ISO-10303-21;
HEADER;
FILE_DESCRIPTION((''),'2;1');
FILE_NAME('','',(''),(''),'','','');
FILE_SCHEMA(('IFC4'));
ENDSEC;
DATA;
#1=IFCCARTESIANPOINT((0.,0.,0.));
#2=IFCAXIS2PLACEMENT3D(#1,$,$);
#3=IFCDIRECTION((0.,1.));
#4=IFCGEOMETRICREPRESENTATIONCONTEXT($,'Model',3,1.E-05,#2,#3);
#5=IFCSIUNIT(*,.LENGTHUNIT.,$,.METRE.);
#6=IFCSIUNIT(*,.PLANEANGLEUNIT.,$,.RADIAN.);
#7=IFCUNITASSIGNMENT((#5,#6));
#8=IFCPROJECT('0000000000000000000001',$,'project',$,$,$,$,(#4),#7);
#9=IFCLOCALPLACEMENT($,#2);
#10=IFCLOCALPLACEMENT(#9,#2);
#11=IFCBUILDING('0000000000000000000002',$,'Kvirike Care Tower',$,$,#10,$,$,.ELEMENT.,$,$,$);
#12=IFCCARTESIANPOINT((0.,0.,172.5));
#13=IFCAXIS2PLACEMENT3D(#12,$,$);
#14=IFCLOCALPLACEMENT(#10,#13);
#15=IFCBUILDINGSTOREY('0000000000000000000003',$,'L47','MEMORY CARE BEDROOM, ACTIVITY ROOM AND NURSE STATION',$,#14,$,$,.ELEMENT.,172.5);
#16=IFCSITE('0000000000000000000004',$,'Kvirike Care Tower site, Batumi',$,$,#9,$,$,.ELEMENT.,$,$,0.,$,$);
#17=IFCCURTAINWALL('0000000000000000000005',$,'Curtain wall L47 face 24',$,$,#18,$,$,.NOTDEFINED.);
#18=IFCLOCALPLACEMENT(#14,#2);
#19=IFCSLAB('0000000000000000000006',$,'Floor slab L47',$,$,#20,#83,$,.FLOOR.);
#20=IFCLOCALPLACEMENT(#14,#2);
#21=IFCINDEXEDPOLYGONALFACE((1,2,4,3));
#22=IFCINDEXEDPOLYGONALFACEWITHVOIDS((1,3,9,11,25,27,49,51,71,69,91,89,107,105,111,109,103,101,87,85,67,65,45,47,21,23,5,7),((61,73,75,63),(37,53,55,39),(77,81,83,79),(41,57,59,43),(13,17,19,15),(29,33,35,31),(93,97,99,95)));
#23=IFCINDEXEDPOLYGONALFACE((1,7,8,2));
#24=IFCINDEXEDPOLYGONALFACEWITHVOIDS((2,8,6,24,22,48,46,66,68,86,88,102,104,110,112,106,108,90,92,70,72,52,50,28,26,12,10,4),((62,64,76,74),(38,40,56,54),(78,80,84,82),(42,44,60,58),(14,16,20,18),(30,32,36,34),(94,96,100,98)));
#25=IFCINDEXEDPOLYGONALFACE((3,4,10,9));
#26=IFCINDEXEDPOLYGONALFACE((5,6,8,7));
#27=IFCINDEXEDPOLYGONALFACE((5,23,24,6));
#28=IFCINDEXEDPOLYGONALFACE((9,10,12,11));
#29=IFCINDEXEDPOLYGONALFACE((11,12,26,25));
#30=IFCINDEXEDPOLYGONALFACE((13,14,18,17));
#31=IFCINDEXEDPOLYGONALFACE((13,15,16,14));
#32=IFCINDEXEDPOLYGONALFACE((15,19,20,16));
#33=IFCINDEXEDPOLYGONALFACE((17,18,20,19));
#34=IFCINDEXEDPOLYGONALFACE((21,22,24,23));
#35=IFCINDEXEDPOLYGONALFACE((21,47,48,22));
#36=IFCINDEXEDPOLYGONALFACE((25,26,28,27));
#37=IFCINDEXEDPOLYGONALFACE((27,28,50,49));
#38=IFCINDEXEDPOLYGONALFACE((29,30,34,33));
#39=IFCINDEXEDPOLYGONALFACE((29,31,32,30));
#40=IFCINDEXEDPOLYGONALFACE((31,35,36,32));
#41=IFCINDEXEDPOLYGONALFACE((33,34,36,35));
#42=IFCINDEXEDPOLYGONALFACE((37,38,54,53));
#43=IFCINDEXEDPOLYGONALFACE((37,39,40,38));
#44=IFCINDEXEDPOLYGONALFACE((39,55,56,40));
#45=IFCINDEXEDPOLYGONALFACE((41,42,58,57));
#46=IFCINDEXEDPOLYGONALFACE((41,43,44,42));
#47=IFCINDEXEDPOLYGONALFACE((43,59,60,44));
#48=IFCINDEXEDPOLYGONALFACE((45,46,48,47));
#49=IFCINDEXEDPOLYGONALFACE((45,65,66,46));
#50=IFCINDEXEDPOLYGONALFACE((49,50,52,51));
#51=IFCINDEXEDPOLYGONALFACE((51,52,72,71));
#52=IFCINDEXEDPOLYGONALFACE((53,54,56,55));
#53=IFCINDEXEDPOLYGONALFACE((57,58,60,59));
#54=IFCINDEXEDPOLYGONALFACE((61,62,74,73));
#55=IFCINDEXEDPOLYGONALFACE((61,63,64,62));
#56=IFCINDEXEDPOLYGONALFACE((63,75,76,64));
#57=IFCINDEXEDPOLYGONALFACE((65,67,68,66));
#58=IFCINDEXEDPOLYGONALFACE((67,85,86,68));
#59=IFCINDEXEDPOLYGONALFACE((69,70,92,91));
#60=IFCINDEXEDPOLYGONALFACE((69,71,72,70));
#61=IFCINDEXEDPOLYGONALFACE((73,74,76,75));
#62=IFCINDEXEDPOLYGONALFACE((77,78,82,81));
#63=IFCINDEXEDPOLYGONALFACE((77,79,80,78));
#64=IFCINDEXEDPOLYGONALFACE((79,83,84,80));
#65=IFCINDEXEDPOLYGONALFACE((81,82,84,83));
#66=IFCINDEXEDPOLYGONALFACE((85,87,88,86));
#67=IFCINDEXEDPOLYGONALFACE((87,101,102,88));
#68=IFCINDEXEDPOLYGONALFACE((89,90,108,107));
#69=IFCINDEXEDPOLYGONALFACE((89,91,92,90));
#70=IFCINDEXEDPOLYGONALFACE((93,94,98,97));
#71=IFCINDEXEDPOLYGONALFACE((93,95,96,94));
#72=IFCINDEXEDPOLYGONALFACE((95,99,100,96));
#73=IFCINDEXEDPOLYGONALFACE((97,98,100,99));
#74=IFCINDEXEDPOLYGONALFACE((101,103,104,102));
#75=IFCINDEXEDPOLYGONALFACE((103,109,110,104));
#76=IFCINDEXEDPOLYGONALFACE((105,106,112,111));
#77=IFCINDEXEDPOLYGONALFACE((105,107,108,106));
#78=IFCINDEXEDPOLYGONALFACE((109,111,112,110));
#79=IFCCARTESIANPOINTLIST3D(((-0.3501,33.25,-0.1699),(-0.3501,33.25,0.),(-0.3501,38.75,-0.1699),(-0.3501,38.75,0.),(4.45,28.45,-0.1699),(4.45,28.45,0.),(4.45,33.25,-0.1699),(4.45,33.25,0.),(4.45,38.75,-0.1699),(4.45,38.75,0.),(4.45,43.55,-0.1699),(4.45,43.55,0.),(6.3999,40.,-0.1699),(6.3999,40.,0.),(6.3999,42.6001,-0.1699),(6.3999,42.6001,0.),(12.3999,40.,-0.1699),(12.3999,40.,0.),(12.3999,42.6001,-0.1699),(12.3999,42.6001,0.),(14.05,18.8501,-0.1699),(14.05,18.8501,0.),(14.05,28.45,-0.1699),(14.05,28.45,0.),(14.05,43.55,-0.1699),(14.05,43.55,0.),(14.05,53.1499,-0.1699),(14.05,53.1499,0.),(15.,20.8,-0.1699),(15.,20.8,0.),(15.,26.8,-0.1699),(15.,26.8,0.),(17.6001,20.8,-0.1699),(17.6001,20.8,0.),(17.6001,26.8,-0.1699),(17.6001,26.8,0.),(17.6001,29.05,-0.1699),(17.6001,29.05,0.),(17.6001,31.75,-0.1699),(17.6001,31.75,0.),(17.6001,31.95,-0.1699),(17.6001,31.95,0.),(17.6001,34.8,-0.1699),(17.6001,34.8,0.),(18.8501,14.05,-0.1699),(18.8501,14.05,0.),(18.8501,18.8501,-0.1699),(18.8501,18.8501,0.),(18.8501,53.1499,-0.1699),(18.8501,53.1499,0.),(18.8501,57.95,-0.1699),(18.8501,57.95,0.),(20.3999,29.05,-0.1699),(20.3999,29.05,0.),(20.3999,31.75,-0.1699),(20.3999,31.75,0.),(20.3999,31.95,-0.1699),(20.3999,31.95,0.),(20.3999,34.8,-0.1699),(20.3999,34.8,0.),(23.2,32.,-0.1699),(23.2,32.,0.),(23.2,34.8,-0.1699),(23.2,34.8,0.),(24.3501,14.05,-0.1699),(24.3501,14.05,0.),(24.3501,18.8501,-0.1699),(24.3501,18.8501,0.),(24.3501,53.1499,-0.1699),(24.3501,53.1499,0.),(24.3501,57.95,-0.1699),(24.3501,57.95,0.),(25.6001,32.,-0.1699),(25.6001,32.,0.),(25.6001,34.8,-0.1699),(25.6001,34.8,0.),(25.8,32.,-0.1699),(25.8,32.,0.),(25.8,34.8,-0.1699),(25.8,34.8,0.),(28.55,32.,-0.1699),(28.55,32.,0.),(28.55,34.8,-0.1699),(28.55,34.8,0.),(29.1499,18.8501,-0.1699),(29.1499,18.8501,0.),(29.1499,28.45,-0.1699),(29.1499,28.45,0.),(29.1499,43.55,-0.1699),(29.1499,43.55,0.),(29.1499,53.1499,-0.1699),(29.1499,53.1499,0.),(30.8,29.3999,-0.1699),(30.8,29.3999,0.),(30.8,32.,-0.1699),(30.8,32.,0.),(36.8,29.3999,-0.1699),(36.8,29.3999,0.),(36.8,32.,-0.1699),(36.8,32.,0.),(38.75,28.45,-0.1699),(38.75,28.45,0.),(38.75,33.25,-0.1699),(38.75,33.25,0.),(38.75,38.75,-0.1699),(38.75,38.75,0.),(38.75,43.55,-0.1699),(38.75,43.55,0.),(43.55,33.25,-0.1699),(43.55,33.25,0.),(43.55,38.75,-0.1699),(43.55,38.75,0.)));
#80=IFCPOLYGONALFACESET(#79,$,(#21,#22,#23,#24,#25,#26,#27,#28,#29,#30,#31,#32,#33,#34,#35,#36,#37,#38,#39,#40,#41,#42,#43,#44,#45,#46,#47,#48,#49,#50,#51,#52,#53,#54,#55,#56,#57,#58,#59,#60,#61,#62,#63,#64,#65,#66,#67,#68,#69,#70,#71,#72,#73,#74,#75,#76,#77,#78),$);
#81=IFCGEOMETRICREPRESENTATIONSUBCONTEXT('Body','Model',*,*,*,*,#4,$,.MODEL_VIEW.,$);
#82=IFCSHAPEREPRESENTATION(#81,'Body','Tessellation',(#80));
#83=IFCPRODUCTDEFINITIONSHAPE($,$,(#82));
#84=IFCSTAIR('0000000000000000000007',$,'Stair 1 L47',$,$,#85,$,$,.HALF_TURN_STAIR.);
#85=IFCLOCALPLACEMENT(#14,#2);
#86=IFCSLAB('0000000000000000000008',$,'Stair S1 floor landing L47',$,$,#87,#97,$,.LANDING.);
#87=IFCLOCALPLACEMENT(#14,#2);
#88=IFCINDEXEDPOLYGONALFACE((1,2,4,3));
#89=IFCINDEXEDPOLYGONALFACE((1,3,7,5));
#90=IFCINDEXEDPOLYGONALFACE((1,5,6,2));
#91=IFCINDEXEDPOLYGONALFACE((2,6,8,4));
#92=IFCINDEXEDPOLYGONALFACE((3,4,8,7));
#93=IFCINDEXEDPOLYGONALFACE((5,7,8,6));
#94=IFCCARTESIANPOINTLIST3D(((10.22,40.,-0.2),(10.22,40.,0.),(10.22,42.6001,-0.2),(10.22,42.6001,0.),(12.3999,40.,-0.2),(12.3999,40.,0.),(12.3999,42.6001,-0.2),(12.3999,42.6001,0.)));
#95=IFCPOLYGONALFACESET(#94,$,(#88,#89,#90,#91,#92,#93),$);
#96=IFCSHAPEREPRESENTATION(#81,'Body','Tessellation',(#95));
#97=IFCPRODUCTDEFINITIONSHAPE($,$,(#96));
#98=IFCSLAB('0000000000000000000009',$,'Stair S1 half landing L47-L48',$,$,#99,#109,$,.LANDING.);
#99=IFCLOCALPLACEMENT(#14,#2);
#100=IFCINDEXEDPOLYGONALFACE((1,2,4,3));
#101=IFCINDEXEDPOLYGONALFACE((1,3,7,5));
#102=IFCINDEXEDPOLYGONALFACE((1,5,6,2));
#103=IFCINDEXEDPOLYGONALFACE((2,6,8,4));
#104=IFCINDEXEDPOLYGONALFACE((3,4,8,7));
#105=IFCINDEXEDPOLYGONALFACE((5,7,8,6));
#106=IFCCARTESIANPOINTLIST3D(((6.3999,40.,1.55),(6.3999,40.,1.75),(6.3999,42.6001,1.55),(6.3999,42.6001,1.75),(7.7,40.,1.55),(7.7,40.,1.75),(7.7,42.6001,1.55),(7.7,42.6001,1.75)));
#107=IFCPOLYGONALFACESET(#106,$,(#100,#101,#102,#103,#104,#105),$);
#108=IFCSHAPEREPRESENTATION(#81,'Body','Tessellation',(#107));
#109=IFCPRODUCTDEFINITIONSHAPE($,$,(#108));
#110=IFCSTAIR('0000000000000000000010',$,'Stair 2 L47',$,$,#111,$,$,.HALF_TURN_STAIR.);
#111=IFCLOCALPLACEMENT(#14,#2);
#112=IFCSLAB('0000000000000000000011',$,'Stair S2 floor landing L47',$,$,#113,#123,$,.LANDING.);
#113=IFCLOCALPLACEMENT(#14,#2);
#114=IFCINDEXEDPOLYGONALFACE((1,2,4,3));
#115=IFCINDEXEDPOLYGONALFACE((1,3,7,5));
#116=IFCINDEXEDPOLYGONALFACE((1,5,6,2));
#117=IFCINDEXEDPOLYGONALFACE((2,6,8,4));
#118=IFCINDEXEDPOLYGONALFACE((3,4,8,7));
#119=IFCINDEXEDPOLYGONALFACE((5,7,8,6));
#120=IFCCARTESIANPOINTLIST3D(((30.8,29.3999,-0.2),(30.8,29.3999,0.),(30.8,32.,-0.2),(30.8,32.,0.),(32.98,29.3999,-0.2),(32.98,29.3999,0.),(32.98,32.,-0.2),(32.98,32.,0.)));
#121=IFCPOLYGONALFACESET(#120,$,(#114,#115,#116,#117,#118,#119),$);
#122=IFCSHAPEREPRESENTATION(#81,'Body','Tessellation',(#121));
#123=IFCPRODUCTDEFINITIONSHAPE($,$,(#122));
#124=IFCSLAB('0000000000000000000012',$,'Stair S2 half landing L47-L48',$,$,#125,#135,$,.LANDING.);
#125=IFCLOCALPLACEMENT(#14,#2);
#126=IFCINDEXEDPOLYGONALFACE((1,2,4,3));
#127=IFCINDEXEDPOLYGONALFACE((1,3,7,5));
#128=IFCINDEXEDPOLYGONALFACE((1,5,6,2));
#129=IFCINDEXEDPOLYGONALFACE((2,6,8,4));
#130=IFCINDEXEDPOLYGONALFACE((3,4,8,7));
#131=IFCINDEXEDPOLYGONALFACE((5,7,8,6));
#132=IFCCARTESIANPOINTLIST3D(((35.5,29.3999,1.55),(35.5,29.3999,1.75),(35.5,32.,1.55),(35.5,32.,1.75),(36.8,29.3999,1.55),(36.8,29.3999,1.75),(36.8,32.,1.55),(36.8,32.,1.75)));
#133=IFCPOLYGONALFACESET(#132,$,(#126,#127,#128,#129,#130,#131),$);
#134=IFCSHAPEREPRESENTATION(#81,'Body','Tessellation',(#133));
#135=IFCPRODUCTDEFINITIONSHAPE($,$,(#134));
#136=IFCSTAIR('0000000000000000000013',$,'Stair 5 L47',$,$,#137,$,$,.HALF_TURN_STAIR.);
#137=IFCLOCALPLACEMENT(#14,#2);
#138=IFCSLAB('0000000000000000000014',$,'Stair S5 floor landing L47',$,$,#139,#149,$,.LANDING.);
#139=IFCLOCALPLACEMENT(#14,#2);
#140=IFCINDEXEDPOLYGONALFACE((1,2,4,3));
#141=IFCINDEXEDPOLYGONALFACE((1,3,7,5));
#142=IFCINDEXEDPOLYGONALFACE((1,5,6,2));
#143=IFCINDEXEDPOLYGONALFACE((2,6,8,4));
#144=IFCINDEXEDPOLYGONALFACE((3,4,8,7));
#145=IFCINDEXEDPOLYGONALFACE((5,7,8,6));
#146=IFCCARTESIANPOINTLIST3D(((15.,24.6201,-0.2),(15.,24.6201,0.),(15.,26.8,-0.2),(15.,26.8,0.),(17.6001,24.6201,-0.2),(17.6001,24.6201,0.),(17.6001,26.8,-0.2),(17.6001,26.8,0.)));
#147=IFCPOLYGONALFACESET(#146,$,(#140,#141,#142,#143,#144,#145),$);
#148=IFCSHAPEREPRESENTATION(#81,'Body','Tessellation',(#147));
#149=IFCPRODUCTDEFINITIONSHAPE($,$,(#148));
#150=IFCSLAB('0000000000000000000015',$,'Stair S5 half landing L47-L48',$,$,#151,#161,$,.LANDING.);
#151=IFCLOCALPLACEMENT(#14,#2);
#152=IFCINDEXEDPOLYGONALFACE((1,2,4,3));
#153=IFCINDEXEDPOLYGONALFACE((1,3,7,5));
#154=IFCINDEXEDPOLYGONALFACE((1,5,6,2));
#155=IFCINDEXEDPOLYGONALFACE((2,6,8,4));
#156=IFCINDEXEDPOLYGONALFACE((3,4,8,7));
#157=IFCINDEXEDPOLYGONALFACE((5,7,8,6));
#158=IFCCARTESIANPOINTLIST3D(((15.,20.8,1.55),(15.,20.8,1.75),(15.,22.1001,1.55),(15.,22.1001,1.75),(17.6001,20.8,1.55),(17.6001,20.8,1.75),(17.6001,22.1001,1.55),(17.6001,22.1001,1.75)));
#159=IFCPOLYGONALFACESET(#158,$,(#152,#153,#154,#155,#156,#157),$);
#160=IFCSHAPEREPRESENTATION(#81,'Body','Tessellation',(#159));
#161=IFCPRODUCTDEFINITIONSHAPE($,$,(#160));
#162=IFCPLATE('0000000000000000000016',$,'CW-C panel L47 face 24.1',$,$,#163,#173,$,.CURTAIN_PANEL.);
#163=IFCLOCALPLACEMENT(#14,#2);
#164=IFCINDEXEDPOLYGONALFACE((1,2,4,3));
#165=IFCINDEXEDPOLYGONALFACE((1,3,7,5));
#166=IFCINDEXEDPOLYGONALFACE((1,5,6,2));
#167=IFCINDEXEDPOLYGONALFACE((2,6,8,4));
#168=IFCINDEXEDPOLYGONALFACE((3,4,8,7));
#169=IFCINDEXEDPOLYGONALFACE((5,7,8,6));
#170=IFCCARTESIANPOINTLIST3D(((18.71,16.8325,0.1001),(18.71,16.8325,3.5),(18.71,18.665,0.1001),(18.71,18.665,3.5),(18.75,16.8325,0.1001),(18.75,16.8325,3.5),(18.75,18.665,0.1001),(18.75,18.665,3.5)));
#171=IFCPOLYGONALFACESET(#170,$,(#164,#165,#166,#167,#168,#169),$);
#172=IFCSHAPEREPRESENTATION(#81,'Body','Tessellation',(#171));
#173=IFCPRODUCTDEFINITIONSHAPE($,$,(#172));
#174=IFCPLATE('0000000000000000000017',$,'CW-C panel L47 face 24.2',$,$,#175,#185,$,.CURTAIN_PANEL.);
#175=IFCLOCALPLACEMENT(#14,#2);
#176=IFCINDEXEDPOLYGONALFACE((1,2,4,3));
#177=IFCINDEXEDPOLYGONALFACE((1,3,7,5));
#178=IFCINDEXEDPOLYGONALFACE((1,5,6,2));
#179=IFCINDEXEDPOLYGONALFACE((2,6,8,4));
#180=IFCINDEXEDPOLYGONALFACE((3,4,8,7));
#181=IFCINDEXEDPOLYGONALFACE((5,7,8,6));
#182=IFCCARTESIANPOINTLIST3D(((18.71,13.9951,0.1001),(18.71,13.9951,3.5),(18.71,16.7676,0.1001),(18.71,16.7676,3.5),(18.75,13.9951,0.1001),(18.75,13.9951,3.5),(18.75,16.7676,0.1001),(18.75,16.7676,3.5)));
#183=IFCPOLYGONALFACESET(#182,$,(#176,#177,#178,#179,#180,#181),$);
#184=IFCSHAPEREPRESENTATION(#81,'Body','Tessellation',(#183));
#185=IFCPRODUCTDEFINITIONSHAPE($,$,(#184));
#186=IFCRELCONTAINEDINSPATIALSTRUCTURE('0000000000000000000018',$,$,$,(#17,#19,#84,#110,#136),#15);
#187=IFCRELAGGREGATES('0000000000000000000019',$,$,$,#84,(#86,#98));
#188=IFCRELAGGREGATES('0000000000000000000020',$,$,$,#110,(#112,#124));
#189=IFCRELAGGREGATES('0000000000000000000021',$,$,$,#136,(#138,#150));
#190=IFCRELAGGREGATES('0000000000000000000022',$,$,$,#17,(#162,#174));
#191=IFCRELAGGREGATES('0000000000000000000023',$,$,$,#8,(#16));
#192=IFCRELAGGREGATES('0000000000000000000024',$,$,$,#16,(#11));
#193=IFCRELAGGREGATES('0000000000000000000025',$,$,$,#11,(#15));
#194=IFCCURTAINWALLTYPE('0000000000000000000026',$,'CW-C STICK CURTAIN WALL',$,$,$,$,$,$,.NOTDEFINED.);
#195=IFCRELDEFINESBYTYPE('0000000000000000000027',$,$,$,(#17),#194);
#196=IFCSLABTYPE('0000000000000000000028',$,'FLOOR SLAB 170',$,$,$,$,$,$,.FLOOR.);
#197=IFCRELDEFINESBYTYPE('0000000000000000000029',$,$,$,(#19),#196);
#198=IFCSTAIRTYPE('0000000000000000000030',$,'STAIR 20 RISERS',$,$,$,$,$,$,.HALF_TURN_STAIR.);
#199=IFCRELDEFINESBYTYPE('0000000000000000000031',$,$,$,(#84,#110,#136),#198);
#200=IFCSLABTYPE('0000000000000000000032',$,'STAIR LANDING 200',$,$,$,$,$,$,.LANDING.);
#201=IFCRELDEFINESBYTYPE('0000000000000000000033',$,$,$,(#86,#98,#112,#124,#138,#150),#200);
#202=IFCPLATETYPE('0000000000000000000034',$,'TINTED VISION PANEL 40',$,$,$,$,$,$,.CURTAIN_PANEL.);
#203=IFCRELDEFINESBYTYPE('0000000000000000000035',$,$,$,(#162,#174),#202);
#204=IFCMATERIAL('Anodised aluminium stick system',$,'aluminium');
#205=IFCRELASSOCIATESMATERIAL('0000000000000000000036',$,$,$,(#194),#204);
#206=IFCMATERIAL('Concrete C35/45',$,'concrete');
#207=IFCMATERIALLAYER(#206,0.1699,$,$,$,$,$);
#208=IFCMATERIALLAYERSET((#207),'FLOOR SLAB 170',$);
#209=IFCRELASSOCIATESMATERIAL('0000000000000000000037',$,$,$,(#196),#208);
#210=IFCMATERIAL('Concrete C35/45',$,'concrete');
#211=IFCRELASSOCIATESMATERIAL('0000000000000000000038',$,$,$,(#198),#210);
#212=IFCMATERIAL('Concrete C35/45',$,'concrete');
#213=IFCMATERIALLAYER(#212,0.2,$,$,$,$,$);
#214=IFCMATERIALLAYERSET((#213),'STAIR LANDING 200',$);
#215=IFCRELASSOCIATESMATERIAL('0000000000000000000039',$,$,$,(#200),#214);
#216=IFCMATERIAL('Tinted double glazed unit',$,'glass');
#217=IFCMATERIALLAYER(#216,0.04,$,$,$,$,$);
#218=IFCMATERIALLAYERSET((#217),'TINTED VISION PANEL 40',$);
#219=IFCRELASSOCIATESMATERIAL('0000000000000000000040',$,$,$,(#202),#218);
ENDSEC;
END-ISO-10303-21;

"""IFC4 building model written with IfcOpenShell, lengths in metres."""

from ifc_helpers import new_model, si_unit, direction, frame, origin, origin_2d, place, context, subcontext, project, spatial, polyline, rectangle, outline, extrude, material, layer, layer_set, type_object, element, aggregate, save


model = new_model("IFC4")

# Units and contexts
model_context = context("Model", 3, precision=1e-05, world=origin(), true_north=direction((0.0, 1.0)))
body_context = subcontext(model_context, "Body", "Model", "MODEL_VIEW")
ifc_project = project(units=[si_unit("LENGTHUNIT", "METRE"), si_unit("PLANEANGLEUNIT", "RADIAN")], contexts=[model_context])

# Site, building, storey
site_placement = place(None, origin())
site = spatial("IfcSite", under=ifc_project, at=site_placement, Name="Kvirike Care Tower site, Batumi", CompositionType="ELEMENT", RefElevation=0.0)
building_placement = place(site_placement, origin())
building = spatial("IfcBuilding", under=site, at=building_placement, Name="Kvirike Care Tower", CompositionType="ELEMENT")
storey_placement = place(building_placement, frame((0.0, 0.0, 172.5)))
storey = spatial("IfcBuildingStorey", under=building, at=storey_placement, Name="L47", Description="MEMORY CARE BEDROOM, ACTIVITY ROOM AND NURSE STATION", CompositionType="ELEMENT", Elevation=172.5)

# Curtain wall
ifc_material_1 = material(Name="Anodised aluminium stick system", Category="aluminium")
curtain_wall_type = type_object("IfcCurtainWallType", Name="CW-C STICK CURTAIN WALL", PredefinedType="NOTDEFINED", material=ifc_material_1)
curtain_wall_1_placement = place(storey_placement, origin())
curtain_wall_1 = element("IfcCurtainWall", 1, at=curtain_wall_1_placement, inside=storey, type_object=curtain_wall_type, Name="Curtain wall L47 face 24", PredefinedType="NOTDEFINED")

# Slab
ifc_material_2 = material(Name="Concrete C35/45", Category="concrete")
ifc_layer_1 = layer(ifc_material_2, 0.1699)
ifc_layer_set_1 = layer_set([ifc_layer_1], Name="FLOOR SLAB 170")
slab_type_1 = type_object("IfcSlabType", Name="FLOOR SLAB 170", PredefinedType="FLOOR", material=ifc_layer_set_1)
slab_1_placement = place(storey_placement, frame((0.0, 0.0, -0.1699)))
element("IfcSlab", 2, at=slab_1_placement, inside=storey, type_object=slab_type_1, Name="Floor slab L47", PredefinedType="FLOOR", context=body_context, shape_type="SweptSolid", body=[
    extrude(outline(polyline([(29.1499, 28.45), (38.75, 28.45), (38.75, 33.25), (43.55, 33.25), (43.55, 38.75), (38.75, 38.75), (38.75, 43.55), (29.1499, 43.55), (29.1499, 53.1499), (24.3501, 53.1499), (24.3501, 57.95), (18.8501, 57.95), (18.8501, 53.1499), (14.05, 53.1499), (14.05, 43.55), (4.45, 43.55), (4.45, 38.75), (-0.3501, 38.75), (-0.3501, 33.25), (4.45, 33.25), (4.45, 28.45), (14.05, 28.45), (14.05, 18.8501), (18.8501, 18.8501), (18.8501, 14.05), (24.3501, 14.05), (24.3501, 18.8501), (29.1499, 18.8501), (29.1499, 28.45)]), holes=[polyline([(17.6001, 29.05), (17.6001, 31.75), (20.3999, 31.75), (20.3999, 29.05), (17.6001, 29.05)]), polyline([(17.6001, 31.95), (17.6001, 34.8), (20.3999, 34.8), (20.3999, 31.95), (17.6001, 31.95)]), polyline([(23.2, 32.0), (23.2, 34.8), (25.6001, 34.8), (25.6001, 32.0), (23.2, 32.0)]), polyline([(25.8, 32.0), (25.8, 34.8), (28.55, 34.8), (28.55, 32.0), (25.8, 32.0)]), polyline([(12.3999, 42.6001), (12.3999, 40.0), (6.3999, 40.0), (6.3999, 42.6001), (12.3999, 42.6001)]), polyline([(30.8, 29.3999), (30.8, 32.0), (36.8, 32.0), (36.8, 29.3999), (30.8, 29.3999)]), polyline([(15.0, 26.8), (17.6001, 26.8), (17.6001, 20.8), (15.0, 20.8), (15.0, 26.8)])]), origin(), (0.0, 0.0, 1.0), 0.1699),
])

# Stairs, slabs
ifc_material_3 = material(Name="Concrete C35/45", Category="concrete")
stair_type = type_object("IfcStairType", Name="STAIR 20 RISERS", PredefinedType="HALF_TURN_STAIR", material=ifc_material_3)
stair_1_placement = place(storey_placement, origin())
stair_1 = element("IfcStair", 3, at=stair_1_placement, inside=storey, type_object=stair_type, Name="Stair 1 L47", PredefinedType="HALF_TURN_STAIR")
ifc_material_4 = material(Name="Concrete C35/45", Category="concrete")
ifc_layer_2 = layer(ifc_material_4, 0.2)
ifc_layer_set_2 = layer_set([ifc_layer_2], Name="STAIR LANDING 200")
slab_type_2 = type_object("IfcSlabType", Name="STAIR LANDING 200", PredefinedType="LANDING", material=ifc_layer_set_2)
slab_2_placement = place(storey_placement, frame((0.0, 0.0, -0.2)))
slab_2 = element("IfcSlab", 4, at=slab_2_placement, type_object=slab_type_2, Name="Stair S1 floor landing L47", PredefinedType="LANDING", context=body_context, shape_type="SweptSolid", body=[
    extrude(outline(polyline([(10.22, 42.6001), (10.22, 40.0), (12.3999, 40.0), (12.3999, 42.6001), (10.22, 42.6001)])), origin(), (0.0, 0.0, 1.0), 0.2),
])
slab_3_placement = place(storey_placement, frame((0.0, 0.0, 1.55)))
slab_3 = element("IfcSlab", 5, at=slab_3_placement, type_object=slab_type_2, Name="Stair S1 half landing L47-L48", PredefinedType="LANDING", context=body_context, shape_type="SweptSolid", body=[
    extrude(outline(polyline([(6.3999, 42.6001), (6.3999, 40.0), (7.7, 40.0), (7.7, 42.6001), (6.3999, 42.6001)])), origin(), (0.0, 0.0, 1.0), 0.2),
])
aggregate(stair_1, [slab_2, slab_3])
stair_2_placement = place(storey_placement, origin())
stair_2 = element("IfcStair", 6, at=stair_2_placement, inside=storey, type_object=stair_type, Name="Stair 2 L47", PredefinedType="HALF_TURN_STAIR")
slab_4_placement = place(storey_placement, frame((0.0, 0.0, -0.2)))
slab_4 = element("IfcSlab", 7, at=slab_4_placement, type_object=slab_type_2, Name="Stair S2 floor landing L47", PredefinedType="LANDING", context=body_context, shape_type="SweptSolid", body=[
    extrude(outline(polyline([(32.98, 29.3999), (32.98, 32.0), (30.8, 32.0), (30.8, 29.3999), (32.98, 29.3999)])), origin(), (0.0, 0.0, 1.0), 0.2),
])
slab_5_placement = place(storey_placement, frame((0.0, 0.0, 1.55)))
slab_5 = element("IfcSlab", 8, at=slab_5_placement, type_object=slab_type_2, Name="Stair S2 half landing L47-L48", PredefinedType="LANDING", context=body_context, shape_type="SweptSolid", body=[
    extrude(outline(polyline([(36.8, 29.3999), (36.8, 32.0), (35.5, 32.0), (35.5, 29.3999), (36.8, 29.3999)])), origin(), (0.0, 0.0, 1.0), 0.2),
])
aggregate(stair_2, [slab_4, slab_5])
stair_3_placement = place(storey_placement, origin())
stair_3 = element("IfcStair", 9, at=stair_3_placement, inside=storey, type_object=stair_type, Name="Stair 5 L47", PredefinedType="HALF_TURN_STAIR")
slab_6_placement = place(storey_placement, frame((0.0, 0.0, -0.2)))
slab_6 = element("IfcSlab", 10, at=slab_6_placement, type_object=slab_type_2, Name="Stair S5 floor landing L47", PredefinedType="LANDING", context=body_context, shape_type="SweptSolid", body=[
    extrude(outline(polyline([(15.0, 24.6201), (17.6001, 24.6201), (17.6001, 26.8), (15.0, 26.8), (15.0, 24.6201)])), origin(), (0.0, 0.0, 1.0), 0.2),
])
slab_7_placement = place(storey_placement, frame((0.0, 0.0, 1.55)))
slab_7 = element("IfcSlab", 11, at=slab_7_placement, type_object=slab_type_2, Name="Stair S5 half landing L47-L48", PredefinedType="LANDING", context=body_context, shape_type="SweptSolid", body=[
    extrude(outline(polyline([(15.0, 20.8), (17.6001, 20.8), (17.6001, 22.1001), (15.0, 22.1001), (15.0, 20.8)])), origin(), (0.0, 0.0, 1.0), 0.2),
])
aggregate(stair_3, [slab_6, slab_7])

# Plates
ifc_material_5 = material(Name="Tinted double glazed unit", Category="glass")
ifc_layer_3 = layer(ifc_material_5, 0.04)
ifc_layer_set_3 = layer_set([ifc_layer_3], Name="TINTED VISION PANEL 40")
plate_type = type_object("IfcPlateType", Name="TINTED VISION PANEL 40", PredefinedType="CURTAIN_PANEL", material=ifc_layer_set_3)
plate_1_placement = place(storey_placement, frame((18.73, 17.7488, 0.1001), z_axis=(0.0, 0.0, 1.0), x_axis=(0.0, -1.0, 0.0)))
plate_1 = element("IfcPlate", 12, at=plate_1_placement, type_object=plate_type, Name="CW-C panel L47 face 24.1", PredefinedType="CURTAIN_PANEL", context=body_context, shape_type="SweptSolid", body=[
    extrude(rectangle(XDim=1.8325, YDim=0.04, at=origin_2d()), origin(), (0.0, 0.0, 1.0), 3.3999),
])
plate_2_placement = place(storey_placement, frame((18.73, 15.3813, 0.1001), z_axis=(0.0, 0.0, 1.0), x_axis=(0.0, -1.0, 0.0)))
plate_2 = element("IfcPlate", 13, at=plate_2_placement, type_object=plate_type, Name="CW-C panel L47 face 24.2", PredefinedType="CURTAIN_PANEL", context=body_context, shape_type="SweptSolid", body=[
    extrude(rectangle(XDim=2.7725, YDim=0.04, at=origin_2d()), origin(), (0.0, 0.0, 1.0), 3.3999),
])
aggregate(curtain_wall_1, [plate_1, plate_2])

save(model, "model.ifc")
